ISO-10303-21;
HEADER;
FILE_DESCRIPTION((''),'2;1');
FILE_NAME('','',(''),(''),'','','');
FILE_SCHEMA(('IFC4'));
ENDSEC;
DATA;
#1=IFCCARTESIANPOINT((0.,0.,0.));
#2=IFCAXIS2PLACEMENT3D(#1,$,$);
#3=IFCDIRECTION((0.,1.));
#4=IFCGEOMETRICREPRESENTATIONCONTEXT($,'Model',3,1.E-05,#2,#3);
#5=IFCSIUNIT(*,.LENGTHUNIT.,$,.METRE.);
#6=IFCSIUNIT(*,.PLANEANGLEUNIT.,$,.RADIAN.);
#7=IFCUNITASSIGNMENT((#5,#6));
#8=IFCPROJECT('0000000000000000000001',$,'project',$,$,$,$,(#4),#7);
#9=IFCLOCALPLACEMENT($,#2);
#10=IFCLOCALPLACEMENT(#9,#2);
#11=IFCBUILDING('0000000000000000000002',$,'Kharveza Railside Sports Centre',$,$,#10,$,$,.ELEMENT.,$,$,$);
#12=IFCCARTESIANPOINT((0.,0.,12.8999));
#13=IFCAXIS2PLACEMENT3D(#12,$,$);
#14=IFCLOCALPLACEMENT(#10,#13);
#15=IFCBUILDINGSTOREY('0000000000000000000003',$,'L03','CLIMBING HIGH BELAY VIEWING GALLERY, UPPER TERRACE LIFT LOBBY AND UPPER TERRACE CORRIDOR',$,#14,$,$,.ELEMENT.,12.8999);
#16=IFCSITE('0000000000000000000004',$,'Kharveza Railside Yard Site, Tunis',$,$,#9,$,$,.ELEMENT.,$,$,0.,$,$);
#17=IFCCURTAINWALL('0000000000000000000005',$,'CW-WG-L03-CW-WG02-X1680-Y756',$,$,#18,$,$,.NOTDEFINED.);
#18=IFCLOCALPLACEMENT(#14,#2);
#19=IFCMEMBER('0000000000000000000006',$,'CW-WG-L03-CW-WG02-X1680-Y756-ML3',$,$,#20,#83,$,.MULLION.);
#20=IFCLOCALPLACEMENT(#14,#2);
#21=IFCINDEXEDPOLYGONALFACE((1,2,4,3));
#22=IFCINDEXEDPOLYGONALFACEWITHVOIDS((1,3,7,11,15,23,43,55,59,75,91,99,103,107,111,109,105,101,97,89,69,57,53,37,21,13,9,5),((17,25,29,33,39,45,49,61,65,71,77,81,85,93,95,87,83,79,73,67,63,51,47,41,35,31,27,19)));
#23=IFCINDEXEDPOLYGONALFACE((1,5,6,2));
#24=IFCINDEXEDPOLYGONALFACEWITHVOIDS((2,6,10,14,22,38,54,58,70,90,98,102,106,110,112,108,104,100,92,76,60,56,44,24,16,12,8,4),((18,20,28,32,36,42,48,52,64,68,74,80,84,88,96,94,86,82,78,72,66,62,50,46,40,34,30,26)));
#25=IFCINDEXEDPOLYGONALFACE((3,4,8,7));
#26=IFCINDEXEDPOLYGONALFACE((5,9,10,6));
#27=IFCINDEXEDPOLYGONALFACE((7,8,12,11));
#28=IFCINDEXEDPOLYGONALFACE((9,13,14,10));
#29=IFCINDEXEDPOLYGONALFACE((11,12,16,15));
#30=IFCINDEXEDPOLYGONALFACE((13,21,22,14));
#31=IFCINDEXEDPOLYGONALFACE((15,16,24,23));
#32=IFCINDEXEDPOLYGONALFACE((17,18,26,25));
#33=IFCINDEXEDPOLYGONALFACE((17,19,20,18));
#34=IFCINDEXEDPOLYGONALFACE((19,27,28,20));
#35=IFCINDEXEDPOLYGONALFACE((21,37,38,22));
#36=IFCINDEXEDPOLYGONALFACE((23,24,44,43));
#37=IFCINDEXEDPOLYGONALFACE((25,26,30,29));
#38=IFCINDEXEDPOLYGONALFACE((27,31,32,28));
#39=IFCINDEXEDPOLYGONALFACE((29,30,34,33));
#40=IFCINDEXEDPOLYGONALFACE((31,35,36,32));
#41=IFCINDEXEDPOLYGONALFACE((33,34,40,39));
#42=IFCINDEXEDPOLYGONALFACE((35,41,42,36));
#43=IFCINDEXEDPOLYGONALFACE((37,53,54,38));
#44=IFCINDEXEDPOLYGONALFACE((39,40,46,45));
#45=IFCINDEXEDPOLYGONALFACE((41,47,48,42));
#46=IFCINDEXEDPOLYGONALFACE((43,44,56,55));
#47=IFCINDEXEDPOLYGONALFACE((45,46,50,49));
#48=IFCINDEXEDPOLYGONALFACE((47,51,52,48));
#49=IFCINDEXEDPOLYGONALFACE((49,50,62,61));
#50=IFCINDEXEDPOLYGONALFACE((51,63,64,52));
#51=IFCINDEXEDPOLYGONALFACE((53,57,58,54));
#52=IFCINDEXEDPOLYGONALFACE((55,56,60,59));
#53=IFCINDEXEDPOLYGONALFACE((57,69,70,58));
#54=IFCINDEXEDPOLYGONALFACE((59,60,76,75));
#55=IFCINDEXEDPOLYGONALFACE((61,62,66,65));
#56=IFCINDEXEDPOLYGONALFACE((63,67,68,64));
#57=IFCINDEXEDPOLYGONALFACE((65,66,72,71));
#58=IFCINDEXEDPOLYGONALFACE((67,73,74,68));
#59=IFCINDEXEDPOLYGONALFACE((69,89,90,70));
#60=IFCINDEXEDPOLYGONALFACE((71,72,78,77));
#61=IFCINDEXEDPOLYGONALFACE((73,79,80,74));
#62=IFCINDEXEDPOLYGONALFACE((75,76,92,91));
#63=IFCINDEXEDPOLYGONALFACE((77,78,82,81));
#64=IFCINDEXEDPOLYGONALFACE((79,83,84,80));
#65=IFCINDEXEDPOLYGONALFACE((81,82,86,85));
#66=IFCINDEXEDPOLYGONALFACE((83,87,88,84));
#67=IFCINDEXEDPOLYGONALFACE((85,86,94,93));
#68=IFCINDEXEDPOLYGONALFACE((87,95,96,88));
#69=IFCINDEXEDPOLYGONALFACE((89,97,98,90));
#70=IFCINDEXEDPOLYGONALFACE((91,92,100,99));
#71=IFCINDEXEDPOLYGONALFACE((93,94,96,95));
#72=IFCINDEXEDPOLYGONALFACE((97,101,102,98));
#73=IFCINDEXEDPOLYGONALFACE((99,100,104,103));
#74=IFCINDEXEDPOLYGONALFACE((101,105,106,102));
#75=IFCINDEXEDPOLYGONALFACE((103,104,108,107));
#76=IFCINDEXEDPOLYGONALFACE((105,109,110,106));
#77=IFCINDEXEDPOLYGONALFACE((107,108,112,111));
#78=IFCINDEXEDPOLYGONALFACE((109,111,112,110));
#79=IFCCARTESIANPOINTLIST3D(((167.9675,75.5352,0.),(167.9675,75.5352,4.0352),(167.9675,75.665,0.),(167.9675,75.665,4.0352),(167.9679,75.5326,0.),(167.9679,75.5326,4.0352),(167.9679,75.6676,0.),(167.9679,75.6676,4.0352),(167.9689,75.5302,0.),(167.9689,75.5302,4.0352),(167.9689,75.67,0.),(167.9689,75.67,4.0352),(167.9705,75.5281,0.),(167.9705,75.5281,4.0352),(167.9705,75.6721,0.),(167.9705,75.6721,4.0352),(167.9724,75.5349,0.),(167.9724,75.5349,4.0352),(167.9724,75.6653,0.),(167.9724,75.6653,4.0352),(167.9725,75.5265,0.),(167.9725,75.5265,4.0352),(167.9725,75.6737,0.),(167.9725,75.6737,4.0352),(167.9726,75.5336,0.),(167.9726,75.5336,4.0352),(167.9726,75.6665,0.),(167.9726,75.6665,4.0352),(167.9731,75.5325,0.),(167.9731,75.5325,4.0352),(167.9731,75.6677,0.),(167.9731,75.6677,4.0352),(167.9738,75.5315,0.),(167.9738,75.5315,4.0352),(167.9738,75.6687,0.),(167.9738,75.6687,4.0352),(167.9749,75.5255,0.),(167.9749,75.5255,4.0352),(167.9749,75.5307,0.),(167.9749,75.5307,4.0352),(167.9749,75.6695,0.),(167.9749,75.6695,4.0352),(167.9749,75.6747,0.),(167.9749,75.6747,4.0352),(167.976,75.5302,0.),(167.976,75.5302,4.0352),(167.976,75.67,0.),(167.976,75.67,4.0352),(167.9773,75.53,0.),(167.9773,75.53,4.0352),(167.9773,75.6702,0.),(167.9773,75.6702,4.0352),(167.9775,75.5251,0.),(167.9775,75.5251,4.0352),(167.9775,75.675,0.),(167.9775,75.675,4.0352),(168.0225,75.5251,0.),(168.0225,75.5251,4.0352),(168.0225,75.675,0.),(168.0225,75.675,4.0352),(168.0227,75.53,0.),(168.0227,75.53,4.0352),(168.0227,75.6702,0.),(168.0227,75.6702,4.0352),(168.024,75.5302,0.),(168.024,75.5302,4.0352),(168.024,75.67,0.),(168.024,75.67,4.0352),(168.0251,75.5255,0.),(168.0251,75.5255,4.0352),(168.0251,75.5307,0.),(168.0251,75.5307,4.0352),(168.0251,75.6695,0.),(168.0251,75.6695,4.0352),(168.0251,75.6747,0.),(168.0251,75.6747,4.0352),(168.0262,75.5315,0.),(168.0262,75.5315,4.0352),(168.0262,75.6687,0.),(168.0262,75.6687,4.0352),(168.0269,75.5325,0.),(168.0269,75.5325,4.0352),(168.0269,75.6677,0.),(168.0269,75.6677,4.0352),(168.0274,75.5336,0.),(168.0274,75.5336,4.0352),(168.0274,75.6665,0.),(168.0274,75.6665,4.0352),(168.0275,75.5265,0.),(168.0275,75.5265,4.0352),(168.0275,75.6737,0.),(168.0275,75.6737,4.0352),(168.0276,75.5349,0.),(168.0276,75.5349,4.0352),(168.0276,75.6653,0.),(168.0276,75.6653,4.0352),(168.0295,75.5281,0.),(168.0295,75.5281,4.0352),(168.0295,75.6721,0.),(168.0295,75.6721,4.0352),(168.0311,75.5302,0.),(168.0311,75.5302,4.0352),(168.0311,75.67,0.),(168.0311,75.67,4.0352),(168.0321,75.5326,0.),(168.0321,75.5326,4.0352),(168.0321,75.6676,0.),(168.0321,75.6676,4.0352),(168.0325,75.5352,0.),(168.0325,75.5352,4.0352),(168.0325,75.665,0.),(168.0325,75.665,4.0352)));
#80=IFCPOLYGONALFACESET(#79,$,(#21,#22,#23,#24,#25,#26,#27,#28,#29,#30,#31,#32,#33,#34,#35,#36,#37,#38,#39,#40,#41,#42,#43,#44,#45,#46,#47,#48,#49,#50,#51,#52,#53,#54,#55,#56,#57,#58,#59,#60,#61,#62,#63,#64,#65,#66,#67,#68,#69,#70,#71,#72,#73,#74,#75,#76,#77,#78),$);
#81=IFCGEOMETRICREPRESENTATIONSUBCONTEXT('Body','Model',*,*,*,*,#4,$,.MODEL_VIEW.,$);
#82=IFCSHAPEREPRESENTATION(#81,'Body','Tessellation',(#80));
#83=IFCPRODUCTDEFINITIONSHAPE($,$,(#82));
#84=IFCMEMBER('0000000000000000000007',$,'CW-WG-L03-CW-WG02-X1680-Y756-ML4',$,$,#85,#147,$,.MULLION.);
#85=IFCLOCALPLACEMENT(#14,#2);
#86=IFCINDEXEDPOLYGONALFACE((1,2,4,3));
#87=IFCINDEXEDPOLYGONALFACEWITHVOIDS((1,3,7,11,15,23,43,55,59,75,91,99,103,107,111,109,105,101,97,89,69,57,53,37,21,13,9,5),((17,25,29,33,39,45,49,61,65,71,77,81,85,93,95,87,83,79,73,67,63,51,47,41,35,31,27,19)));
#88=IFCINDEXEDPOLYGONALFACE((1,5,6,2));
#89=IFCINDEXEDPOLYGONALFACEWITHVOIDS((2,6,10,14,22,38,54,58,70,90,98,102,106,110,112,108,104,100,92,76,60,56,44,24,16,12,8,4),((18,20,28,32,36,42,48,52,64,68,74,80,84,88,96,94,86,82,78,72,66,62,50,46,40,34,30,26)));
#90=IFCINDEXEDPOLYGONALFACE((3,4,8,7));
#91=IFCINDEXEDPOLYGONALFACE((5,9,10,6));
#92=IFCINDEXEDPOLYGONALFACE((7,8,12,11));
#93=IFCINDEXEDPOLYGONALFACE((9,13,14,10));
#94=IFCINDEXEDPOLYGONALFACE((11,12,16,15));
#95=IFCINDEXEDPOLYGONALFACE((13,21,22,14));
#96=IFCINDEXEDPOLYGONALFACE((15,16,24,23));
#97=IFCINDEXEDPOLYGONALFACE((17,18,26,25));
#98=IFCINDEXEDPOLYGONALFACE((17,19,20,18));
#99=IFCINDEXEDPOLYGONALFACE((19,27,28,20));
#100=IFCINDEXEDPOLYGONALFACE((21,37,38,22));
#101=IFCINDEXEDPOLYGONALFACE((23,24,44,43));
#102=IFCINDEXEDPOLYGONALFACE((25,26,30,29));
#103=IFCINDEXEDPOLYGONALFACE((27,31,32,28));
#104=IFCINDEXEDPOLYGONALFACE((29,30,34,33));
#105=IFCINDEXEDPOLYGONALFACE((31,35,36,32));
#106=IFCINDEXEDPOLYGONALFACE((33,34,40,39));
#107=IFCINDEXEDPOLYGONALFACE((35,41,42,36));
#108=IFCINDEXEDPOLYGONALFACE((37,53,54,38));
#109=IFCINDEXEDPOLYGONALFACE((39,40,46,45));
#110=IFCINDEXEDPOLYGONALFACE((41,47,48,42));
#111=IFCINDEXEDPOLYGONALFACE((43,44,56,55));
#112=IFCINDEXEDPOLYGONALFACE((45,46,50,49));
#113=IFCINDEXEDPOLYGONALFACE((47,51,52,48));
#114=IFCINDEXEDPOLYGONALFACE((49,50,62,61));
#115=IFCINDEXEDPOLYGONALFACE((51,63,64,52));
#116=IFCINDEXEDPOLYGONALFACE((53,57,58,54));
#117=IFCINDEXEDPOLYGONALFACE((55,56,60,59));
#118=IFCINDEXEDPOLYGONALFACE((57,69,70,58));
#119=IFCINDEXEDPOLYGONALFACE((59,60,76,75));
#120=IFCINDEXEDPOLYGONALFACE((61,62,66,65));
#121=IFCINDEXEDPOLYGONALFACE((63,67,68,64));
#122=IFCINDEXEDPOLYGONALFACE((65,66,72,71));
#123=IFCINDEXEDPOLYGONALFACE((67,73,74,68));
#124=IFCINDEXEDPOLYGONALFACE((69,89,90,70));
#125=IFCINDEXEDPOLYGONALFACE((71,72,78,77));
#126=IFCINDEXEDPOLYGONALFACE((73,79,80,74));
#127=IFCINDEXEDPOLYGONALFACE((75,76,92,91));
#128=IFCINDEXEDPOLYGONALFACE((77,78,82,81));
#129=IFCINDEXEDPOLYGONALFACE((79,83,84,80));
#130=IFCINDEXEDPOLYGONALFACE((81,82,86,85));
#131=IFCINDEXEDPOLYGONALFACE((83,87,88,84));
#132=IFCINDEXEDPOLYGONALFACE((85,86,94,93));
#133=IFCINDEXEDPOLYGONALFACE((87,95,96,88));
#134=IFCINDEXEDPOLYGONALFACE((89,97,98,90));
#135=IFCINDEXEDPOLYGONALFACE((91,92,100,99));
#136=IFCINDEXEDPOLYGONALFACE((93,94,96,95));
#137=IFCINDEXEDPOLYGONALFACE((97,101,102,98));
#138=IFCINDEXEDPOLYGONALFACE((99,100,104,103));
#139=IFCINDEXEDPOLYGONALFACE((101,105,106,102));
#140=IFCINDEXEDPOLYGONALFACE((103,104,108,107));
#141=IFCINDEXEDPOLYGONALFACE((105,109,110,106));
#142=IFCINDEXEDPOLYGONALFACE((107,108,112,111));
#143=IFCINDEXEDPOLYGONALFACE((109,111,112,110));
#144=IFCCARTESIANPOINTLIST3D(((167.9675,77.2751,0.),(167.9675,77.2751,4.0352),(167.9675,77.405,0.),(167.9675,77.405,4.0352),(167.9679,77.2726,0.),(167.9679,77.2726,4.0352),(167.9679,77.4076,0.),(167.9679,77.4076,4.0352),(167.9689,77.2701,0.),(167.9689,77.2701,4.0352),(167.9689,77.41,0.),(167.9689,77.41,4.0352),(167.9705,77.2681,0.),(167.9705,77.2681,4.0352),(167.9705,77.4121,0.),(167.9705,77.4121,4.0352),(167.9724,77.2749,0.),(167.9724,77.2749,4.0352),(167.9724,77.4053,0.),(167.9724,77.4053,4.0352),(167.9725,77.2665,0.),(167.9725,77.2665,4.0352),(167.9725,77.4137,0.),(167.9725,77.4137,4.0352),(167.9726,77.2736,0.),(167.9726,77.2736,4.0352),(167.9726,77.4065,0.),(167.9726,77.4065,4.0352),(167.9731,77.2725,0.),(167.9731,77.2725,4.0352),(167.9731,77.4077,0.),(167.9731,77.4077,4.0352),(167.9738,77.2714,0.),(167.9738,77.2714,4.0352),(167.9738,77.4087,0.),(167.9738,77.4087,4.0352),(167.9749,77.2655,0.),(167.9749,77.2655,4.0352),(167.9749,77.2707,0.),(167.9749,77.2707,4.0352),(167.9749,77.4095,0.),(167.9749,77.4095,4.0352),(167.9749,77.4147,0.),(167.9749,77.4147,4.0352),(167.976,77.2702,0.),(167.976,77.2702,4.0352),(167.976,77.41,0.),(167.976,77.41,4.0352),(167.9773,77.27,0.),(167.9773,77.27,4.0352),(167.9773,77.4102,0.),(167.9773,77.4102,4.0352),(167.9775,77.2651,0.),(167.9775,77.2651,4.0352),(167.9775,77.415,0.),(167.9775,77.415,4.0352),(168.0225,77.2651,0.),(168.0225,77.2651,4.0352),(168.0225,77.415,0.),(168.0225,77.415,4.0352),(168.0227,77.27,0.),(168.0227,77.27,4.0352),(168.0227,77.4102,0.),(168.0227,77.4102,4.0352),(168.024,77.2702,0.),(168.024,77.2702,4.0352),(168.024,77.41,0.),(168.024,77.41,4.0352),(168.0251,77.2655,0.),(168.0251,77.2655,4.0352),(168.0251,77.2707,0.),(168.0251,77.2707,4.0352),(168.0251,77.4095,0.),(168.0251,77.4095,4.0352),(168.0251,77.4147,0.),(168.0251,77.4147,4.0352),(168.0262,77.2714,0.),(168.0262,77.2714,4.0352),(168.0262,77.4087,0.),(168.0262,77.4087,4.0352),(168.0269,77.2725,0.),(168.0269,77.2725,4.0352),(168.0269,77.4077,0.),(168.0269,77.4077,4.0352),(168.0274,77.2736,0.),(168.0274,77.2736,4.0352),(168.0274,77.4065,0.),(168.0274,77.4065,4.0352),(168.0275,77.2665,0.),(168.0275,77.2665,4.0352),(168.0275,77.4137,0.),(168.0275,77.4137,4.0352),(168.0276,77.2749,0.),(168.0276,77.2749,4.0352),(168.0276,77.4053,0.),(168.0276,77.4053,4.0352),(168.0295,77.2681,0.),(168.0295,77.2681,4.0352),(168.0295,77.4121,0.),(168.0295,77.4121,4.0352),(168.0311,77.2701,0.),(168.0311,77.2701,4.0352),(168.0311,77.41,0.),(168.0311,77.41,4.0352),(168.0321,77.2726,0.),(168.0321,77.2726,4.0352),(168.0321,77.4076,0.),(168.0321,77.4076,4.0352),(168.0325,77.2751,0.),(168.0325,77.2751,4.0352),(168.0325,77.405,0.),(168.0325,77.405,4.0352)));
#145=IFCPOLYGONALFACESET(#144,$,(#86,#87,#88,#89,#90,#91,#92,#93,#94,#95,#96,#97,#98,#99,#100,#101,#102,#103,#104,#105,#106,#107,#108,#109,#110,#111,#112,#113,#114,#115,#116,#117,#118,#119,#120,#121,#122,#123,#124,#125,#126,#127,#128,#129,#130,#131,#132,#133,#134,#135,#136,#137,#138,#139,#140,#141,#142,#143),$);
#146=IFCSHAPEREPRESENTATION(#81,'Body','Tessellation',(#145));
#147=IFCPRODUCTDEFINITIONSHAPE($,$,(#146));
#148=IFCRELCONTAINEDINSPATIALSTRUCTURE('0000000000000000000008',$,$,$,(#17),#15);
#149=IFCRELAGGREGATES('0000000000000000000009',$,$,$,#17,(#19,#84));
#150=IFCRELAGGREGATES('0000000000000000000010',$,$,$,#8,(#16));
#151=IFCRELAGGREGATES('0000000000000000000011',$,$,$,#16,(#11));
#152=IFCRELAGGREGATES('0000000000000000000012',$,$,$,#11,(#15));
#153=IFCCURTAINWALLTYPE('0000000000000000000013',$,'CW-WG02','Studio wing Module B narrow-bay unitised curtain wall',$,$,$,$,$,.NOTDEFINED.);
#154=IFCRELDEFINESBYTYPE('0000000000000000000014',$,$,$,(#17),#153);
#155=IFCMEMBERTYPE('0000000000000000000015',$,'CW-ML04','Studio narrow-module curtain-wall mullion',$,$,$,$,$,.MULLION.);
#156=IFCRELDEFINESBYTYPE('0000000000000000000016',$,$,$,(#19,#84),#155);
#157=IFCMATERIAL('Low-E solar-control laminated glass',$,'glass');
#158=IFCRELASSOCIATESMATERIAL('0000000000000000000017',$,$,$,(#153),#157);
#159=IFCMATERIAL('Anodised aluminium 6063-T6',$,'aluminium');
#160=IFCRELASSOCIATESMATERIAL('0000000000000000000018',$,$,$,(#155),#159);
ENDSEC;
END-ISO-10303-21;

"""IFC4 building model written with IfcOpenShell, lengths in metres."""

from ifc_helpers import new_model, si_unit, direction, frame, origin, origin_2d, place, context, subcontext, project, spatial, hollow_rectangle, extrude, material, material_profile, profile_set, type_object, element, aggregate, save


model = new_model("IFC4")

# Units and contexts
model_context = context("Model", 3, precision=1e-05, world=origin(), true_north=direction((0.0, 1.0)))
body_context = subcontext(model_context, "Body", "Model", "MODEL_VIEW")
ifc_project = project(units=[si_unit("LENGTHUNIT", "METRE"), si_unit("PLANEANGLEUNIT", "RADIAN")], contexts=[model_context])

# Site, building, storey
site_placement = place(None, origin())
site = spatial("IfcSite", under=ifc_project, at=site_placement, Name="Kharveza Railside Yard Site, Tunis", CompositionType="ELEMENT", RefElevation=0.0)
building_placement = place(site_placement, origin())
building = spatial("IfcBuilding", under=site, at=building_placement, Name="Kharveza Railside Sports Centre", CompositionType="ELEMENT")
storey_placement = place(building_placement, frame((0.0, 0.0, 12.8999)))
storey = spatial("IfcBuildingStorey", under=building, at=storey_placement, Name="L03", Description="CLIMBING HIGH BELAY VIEWING GALLERY, UPPER TERRACE LIFT LOBBY AND UPPER TERRACE CORRIDOR", CompositionType="ELEMENT", Elevation=12.8999)

# Curtain wall, members
ifc_material_1 = material(Name="Low-E solar-control laminated glass", Category="glass")
curtain_wall_type = type_object("IfcCurtainWallType", Name="CW-WG02", Description="Studio wing Module B narrow-bay unitised curtain wall", PredefinedType="NOTDEFINED", material=ifc_material_1)
curtain_wall_placement = place(storey_placement, origin())
curtain_wall = element("IfcCurtainWall", 1, at=curtain_wall_placement, inside=storey, type_object=curtain_wall_type, Name="CW-WG-L03-CW-WG02-X1680-Y756", PredefinedType="NOTDEFINED")
ifc_material_2 = material(Name="Anodised aluminium 6063-T6", Category="aluminium")
ifc_material_profile_1 = material_profile(ifc_material_2, hollow_rectangle(XDim=0.0649, YDim=0.1499, WallThickness=0.0049, InnerFilletRadius=0.0049, OuterFilletRadius=0.01, at=origin_2d()), Name="RHS 65x150x5.0")
ifc_profile_set_1 = profile_set([ifc_material_profile_1], Name="Anodised aluminium 6063-T6")
member_type_1 = type_object("IfcMemberType", Name="CW-ML04", Description="Studio narrow-module curtain-wall mullion", PredefinedType="MULLION", material=ifc_profile_set_1)
member_1_placement = place(storey_placement, frame((168.0, 75.6001, 0.0), z_axis=(0.0, 0.0, 1.0), x_axis=(1.0, 0.0, 0.0)))
member_1 = element("IfcMember", 2, at=member_1_placement, type_object=member_type_1, Name="CW-WG-L03-CW-WG02-X1680-Y756-ML3", PredefinedType="MULLION", context=body_context, shape_type="SweptSolid", body=[
    extrude(hollow_rectangle(XDim=0.0649, YDim=0.1499, WallThickness=0.0049, InnerFilletRadius=0.0049, OuterFilletRadius=0.01, at=origin_2d()), origin(), (0.0, 0.0, 1.0), 4.0352),
])
member_2_placement = place(storey_placement, frame((168.0, 77.3401, 0.0), z_axis=(0.0, 0.0, 1.0), x_axis=(1.0, 0.0, 0.0)))
member_2 = element("IfcMember", 3, at=member_2_placement, type_object=member_type_1, Name="CW-WG-L03-CW-WG02-X1680-Y756-ML4", PredefinedType="MULLION", context=body_context, shape_type="SweptSolid", body=[
    extrude(hollow_rectangle(XDim=0.0649, YDim=0.1499, WallThickness=0.0049, InnerFilletRadius=0.0049, OuterFilletRadius=0.01, at=origin_2d()), origin(), (0.0, 0.0, 1.0), 4.0352),
])
aggregate(curtain_wall, [member_1, member_2])

save(model, "model.ifc")
